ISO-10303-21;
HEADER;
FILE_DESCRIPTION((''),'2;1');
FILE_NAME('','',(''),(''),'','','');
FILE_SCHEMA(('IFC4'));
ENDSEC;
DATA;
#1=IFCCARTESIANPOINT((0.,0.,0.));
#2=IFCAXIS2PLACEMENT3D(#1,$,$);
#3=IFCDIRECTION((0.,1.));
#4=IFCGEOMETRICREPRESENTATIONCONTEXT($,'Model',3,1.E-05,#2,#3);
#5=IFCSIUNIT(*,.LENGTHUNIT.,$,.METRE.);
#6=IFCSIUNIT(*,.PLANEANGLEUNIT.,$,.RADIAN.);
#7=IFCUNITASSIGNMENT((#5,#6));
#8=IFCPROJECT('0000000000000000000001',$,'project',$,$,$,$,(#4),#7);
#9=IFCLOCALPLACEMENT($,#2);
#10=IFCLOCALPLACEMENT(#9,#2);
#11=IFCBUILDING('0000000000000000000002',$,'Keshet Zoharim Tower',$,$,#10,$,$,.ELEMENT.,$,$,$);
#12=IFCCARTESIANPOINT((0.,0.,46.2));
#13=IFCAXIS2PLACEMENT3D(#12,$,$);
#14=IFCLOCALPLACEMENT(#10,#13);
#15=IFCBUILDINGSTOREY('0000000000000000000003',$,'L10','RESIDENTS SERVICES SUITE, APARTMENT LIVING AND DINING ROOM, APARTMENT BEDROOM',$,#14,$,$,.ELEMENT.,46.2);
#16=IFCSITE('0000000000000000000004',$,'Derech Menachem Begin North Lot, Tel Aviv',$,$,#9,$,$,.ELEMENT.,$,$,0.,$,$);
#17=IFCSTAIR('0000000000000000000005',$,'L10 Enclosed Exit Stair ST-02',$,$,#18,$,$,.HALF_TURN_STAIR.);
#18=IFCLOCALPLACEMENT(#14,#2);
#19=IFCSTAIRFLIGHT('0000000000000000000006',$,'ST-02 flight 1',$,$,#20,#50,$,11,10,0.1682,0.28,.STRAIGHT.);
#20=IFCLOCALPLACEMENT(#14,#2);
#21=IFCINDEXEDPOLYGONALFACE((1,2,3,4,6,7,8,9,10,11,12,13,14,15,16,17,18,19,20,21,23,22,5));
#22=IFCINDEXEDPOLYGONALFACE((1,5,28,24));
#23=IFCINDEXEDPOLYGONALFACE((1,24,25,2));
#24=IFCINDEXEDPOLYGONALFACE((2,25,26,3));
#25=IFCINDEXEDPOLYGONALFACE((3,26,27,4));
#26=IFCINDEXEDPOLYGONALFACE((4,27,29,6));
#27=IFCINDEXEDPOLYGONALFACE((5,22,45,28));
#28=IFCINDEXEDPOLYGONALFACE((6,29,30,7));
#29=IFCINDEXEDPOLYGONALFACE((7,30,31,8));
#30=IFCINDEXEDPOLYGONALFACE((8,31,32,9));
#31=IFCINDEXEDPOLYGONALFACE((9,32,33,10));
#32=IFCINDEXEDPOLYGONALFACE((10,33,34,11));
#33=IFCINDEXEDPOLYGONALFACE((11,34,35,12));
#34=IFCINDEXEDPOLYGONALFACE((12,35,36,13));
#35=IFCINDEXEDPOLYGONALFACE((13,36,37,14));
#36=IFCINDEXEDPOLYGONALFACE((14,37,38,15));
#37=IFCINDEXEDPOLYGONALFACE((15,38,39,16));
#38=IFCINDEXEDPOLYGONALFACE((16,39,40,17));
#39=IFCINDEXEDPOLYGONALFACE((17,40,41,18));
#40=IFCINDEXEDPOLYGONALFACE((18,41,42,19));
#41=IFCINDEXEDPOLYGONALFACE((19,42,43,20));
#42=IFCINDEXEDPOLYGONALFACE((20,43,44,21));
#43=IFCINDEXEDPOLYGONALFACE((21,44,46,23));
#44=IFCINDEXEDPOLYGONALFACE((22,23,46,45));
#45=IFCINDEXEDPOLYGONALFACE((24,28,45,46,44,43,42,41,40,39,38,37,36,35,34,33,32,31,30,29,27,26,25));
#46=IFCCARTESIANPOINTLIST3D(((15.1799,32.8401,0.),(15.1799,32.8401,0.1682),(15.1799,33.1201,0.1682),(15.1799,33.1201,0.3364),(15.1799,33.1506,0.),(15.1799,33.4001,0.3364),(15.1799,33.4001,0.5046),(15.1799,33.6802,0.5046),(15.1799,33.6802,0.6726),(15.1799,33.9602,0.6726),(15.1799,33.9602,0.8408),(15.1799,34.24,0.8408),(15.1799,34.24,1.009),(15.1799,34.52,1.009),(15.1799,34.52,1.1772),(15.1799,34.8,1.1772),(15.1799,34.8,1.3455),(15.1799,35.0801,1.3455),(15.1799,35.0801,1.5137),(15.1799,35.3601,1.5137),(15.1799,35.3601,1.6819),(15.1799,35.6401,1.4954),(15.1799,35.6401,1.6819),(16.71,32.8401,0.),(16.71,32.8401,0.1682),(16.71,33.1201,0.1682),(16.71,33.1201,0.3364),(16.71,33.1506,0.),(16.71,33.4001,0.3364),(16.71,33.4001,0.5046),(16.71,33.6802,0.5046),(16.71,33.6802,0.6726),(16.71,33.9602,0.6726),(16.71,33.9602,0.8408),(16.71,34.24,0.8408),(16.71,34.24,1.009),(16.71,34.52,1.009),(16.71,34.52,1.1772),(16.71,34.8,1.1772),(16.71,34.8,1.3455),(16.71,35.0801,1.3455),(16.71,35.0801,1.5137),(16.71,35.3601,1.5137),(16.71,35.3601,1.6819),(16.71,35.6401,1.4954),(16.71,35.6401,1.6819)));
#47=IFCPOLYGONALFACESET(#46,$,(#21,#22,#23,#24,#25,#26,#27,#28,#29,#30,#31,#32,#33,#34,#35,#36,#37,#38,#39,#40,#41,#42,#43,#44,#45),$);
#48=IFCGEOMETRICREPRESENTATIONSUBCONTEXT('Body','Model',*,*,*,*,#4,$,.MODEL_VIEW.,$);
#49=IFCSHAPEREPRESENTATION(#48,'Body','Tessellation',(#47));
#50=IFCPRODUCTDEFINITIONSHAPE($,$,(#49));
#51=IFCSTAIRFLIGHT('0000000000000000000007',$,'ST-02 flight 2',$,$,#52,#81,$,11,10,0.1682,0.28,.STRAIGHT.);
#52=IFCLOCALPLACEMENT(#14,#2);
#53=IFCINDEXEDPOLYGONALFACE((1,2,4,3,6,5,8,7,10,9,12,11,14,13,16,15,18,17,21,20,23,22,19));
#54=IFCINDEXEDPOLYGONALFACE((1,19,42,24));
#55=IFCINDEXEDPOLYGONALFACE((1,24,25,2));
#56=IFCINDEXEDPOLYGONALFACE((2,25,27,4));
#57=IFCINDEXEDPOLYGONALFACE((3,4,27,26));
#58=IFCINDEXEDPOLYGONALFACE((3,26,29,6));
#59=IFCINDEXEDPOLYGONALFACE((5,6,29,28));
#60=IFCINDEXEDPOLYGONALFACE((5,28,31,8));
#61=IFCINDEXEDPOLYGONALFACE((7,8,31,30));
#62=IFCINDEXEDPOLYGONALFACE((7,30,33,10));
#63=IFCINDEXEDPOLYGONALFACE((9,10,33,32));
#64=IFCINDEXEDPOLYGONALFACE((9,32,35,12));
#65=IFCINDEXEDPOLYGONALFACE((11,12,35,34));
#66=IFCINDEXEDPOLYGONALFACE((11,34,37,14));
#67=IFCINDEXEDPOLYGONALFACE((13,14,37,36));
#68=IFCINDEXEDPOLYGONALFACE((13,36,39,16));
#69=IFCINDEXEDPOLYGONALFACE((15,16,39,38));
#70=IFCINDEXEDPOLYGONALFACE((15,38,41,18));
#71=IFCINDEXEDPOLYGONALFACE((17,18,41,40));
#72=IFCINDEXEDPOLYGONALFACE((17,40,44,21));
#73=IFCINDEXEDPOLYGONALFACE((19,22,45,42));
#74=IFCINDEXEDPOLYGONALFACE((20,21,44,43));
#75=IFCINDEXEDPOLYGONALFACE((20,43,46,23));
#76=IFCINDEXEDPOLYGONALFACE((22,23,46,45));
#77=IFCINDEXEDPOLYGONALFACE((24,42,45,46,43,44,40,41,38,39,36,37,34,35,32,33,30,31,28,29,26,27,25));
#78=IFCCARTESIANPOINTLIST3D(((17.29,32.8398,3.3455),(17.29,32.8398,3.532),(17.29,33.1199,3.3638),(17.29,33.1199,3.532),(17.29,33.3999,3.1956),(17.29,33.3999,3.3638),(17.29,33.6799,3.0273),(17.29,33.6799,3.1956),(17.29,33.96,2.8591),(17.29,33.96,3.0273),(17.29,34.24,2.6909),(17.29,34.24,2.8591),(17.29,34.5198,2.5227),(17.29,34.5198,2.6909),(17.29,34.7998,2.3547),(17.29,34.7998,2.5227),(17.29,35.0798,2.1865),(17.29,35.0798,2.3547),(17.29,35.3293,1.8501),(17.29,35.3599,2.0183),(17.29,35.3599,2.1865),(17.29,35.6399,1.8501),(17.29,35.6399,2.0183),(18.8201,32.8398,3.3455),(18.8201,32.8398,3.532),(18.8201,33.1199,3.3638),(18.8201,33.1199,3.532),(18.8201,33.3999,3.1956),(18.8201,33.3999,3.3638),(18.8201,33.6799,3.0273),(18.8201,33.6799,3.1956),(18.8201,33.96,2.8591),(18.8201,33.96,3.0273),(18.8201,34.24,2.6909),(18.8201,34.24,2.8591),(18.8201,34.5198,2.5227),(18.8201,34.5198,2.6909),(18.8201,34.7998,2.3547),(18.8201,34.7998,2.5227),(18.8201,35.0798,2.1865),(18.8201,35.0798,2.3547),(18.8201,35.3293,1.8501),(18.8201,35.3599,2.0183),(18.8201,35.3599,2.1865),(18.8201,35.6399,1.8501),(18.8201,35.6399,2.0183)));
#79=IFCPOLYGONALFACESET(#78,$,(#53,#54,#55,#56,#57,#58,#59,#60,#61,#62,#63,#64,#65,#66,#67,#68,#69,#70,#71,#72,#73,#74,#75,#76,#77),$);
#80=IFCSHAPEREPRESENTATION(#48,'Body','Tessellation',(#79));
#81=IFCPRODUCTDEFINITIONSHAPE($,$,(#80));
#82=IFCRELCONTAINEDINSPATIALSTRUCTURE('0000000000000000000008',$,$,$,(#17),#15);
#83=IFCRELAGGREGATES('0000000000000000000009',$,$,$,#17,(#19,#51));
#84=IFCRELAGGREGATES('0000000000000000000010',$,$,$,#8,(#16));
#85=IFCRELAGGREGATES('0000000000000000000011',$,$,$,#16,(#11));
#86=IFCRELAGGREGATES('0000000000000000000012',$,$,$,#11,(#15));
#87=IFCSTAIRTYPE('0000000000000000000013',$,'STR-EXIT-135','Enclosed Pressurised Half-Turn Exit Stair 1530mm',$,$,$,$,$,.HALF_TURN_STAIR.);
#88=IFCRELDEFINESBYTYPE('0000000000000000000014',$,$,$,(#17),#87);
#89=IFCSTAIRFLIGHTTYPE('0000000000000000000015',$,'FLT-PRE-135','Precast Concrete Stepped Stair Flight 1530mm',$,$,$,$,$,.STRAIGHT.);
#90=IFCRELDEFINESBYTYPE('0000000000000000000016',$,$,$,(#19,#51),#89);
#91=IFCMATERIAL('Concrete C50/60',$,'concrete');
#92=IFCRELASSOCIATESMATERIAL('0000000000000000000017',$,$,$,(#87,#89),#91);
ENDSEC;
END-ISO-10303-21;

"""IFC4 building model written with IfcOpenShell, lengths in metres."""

from ifc_helpers import new_model, si_unit, direction, frame, origin, place, context, subcontext, project, spatial, polyline, outline, extrude, material, type_object, element, aggregate, save


model = new_model("IFC4")

# Units and contexts
model_context = context("Model", 3, precision=1e-05, world=origin(), true_north=direction((0.0, 1.0)))
body_context = subcontext(model_context, "Body", "Model", "MODEL_VIEW")
ifc_project = project(units=[si_unit("LENGTHUNIT", "METRE"), si_unit("PLANEANGLEUNIT", "RADIAN")], contexts=[model_context])

# Site, building, storey
site_placement = place(None, origin())
site = spatial("IfcSite", under=ifc_project, at=site_placement, Name="Derech Menachem Begin North Lot, Tel Aviv", CompositionType="ELEMENT", RefElevation=0.0)
building_placement = place(site_placement, origin())
building = spatial("IfcBuilding", under=site, at=building_placement, Name="Keshet Zoharim Tower", CompositionType="ELEMENT")
storey_placement = place(building_placement, frame((0.0, 0.0, 46.2)))
storey = spatial("IfcBuildingStorey", under=building, at=storey_placement, Name="L10", Description="RESIDENTS SERVICES SUITE, APARTMENT LIVING AND DINING ROOM, APARTMENT BEDROOM", CompositionType="ELEMENT", Elevation=46.2)

# Stair, stair flights
ifc_material_1 = material(Name="Concrete C50/60", Category="concrete")
stair_type = type_object("IfcStairType", Name="STR-EXIT-135", Description="Enclosed Pressurised Half-Turn Exit Stair 1530mm", PredefinedType="HALF_TURN_STAIR", material=ifc_material_1)
stair_placement = place(storey_placement, origin())
stair = element("IfcStair", 1, at=stair_placement, inside=storey, type_object=stair_type, Name="L10 Enclosed Exit Stair ST-02", PredefinedType="HALF_TURN_STAIR")
stair_flight_type = type_object("IfcStairFlightType", Name="FLT-PRE-135", Description="Precast Concrete Stepped Stair Flight 1530mm", PredefinedType="STRAIGHT", material=ifc_material_1)
stair_flight_1_placement = place(storey_placement, frame((15.9451, 32.8401, 0.0), z_axis=(0.0, 0.0, 1.0), x_axis=(0.0, 1.0, 0.0)))
stair_flight_1 = element("IfcStairFlight", 2, at=stair_flight_1_placement, type_object=stair_flight_type, Name="ST-02 flight 1", NumberOfRisers=11, NumberOfTreads=10, PredefinedType="STRAIGHT", RiserHeight=0.1682, TreadLength=0.28, context=body_context, shape_type="SweptSolid", body=[
    extrude(outline(polyline([(0.0, 0.0), (0.0, 0.1682), (0.28, 0.1682), (0.28, 0.3364), (0.5601, 0.3364), (0.5601, 0.5046), (0.8401, 0.5046), (0.8401, 0.6726), (1.1201, 0.6726), (1.1201, 0.8408), (1.3999, 0.8408), (1.3999, 1.009), (1.6799, 1.009), (1.6799, 1.1772), (1.96, 1.1772), (1.96, 1.3455), (2.24, 1.3455), (2.24, 1.5137), (2.52, 1.5137), (2.52, 1.6819), (2.8, 1.6819), (2.8, 1.8501), (2.8, 1.4954), (0.3105, 0.0), (0.0, 0.0)])), frame((0.0, 0.7651, 0.0), z_axis=(0.0, -1.0, 0.0), x_axis=(1.0, 0.0, 0.0)), (0.0, 0.0, 1.0), 1.53),
])
stair_flight_2_placement = place(storey_placement, frame((18.0549, 35.6399, 1.8501), z_axis=(0.0, 0.0, 1.0), x_axis=(0.0, -1.0, 0.0)))
stair_flight_2 = element("IfcStairFlight", 3, at=stair_flight_2_placement, type_object=stair_flight_type, Name="ST-02 flight 2", NumberOfRisers=11, NumberOfTreads=10, PredefinedType="STRAIGHT", RiserHeight=0.1682, TreadLength=0.28, context=body_context, shape_type="SweptSolid", body=[
    extrude(outline(polyline([(0.0, 0.0), (0.0, 0.1682), (0.28, 0.1682), (0.28, 0.3364), (0.5601, 0.3364), (0.5601, 0.5046), (0.8401, 0.5046), (0.8401, 0.6726), (1.1201, 0.6726), (1.1201, 0.8408), (1.3999, 0.8408), (1.3999, 1.009), (1.6799, 1.009), (1.6799, 1.1772), (1.96, 1.1772), (1.96, 1.3455), (2.24, 1.3455), (2.24, 1.5137), (2.52, 1.5137), (2.52, 1.6819), (2.8, 1.6819), (2.8, 1.8501), (2.8, 1.4954), (0.3105, 0.0), (0.0, 0.0)])), frame((0.0, 0.7651, 0.0), z_axis=(0.0, -1.0, 0.0), x_axis=(1.0, 0.0, 0.0)), (0.0, 0.0, 1.0), 1.53),
])
aggregate(stair, [stair_flight_1, stair_flight_2])

save(model, "model.ifc")
